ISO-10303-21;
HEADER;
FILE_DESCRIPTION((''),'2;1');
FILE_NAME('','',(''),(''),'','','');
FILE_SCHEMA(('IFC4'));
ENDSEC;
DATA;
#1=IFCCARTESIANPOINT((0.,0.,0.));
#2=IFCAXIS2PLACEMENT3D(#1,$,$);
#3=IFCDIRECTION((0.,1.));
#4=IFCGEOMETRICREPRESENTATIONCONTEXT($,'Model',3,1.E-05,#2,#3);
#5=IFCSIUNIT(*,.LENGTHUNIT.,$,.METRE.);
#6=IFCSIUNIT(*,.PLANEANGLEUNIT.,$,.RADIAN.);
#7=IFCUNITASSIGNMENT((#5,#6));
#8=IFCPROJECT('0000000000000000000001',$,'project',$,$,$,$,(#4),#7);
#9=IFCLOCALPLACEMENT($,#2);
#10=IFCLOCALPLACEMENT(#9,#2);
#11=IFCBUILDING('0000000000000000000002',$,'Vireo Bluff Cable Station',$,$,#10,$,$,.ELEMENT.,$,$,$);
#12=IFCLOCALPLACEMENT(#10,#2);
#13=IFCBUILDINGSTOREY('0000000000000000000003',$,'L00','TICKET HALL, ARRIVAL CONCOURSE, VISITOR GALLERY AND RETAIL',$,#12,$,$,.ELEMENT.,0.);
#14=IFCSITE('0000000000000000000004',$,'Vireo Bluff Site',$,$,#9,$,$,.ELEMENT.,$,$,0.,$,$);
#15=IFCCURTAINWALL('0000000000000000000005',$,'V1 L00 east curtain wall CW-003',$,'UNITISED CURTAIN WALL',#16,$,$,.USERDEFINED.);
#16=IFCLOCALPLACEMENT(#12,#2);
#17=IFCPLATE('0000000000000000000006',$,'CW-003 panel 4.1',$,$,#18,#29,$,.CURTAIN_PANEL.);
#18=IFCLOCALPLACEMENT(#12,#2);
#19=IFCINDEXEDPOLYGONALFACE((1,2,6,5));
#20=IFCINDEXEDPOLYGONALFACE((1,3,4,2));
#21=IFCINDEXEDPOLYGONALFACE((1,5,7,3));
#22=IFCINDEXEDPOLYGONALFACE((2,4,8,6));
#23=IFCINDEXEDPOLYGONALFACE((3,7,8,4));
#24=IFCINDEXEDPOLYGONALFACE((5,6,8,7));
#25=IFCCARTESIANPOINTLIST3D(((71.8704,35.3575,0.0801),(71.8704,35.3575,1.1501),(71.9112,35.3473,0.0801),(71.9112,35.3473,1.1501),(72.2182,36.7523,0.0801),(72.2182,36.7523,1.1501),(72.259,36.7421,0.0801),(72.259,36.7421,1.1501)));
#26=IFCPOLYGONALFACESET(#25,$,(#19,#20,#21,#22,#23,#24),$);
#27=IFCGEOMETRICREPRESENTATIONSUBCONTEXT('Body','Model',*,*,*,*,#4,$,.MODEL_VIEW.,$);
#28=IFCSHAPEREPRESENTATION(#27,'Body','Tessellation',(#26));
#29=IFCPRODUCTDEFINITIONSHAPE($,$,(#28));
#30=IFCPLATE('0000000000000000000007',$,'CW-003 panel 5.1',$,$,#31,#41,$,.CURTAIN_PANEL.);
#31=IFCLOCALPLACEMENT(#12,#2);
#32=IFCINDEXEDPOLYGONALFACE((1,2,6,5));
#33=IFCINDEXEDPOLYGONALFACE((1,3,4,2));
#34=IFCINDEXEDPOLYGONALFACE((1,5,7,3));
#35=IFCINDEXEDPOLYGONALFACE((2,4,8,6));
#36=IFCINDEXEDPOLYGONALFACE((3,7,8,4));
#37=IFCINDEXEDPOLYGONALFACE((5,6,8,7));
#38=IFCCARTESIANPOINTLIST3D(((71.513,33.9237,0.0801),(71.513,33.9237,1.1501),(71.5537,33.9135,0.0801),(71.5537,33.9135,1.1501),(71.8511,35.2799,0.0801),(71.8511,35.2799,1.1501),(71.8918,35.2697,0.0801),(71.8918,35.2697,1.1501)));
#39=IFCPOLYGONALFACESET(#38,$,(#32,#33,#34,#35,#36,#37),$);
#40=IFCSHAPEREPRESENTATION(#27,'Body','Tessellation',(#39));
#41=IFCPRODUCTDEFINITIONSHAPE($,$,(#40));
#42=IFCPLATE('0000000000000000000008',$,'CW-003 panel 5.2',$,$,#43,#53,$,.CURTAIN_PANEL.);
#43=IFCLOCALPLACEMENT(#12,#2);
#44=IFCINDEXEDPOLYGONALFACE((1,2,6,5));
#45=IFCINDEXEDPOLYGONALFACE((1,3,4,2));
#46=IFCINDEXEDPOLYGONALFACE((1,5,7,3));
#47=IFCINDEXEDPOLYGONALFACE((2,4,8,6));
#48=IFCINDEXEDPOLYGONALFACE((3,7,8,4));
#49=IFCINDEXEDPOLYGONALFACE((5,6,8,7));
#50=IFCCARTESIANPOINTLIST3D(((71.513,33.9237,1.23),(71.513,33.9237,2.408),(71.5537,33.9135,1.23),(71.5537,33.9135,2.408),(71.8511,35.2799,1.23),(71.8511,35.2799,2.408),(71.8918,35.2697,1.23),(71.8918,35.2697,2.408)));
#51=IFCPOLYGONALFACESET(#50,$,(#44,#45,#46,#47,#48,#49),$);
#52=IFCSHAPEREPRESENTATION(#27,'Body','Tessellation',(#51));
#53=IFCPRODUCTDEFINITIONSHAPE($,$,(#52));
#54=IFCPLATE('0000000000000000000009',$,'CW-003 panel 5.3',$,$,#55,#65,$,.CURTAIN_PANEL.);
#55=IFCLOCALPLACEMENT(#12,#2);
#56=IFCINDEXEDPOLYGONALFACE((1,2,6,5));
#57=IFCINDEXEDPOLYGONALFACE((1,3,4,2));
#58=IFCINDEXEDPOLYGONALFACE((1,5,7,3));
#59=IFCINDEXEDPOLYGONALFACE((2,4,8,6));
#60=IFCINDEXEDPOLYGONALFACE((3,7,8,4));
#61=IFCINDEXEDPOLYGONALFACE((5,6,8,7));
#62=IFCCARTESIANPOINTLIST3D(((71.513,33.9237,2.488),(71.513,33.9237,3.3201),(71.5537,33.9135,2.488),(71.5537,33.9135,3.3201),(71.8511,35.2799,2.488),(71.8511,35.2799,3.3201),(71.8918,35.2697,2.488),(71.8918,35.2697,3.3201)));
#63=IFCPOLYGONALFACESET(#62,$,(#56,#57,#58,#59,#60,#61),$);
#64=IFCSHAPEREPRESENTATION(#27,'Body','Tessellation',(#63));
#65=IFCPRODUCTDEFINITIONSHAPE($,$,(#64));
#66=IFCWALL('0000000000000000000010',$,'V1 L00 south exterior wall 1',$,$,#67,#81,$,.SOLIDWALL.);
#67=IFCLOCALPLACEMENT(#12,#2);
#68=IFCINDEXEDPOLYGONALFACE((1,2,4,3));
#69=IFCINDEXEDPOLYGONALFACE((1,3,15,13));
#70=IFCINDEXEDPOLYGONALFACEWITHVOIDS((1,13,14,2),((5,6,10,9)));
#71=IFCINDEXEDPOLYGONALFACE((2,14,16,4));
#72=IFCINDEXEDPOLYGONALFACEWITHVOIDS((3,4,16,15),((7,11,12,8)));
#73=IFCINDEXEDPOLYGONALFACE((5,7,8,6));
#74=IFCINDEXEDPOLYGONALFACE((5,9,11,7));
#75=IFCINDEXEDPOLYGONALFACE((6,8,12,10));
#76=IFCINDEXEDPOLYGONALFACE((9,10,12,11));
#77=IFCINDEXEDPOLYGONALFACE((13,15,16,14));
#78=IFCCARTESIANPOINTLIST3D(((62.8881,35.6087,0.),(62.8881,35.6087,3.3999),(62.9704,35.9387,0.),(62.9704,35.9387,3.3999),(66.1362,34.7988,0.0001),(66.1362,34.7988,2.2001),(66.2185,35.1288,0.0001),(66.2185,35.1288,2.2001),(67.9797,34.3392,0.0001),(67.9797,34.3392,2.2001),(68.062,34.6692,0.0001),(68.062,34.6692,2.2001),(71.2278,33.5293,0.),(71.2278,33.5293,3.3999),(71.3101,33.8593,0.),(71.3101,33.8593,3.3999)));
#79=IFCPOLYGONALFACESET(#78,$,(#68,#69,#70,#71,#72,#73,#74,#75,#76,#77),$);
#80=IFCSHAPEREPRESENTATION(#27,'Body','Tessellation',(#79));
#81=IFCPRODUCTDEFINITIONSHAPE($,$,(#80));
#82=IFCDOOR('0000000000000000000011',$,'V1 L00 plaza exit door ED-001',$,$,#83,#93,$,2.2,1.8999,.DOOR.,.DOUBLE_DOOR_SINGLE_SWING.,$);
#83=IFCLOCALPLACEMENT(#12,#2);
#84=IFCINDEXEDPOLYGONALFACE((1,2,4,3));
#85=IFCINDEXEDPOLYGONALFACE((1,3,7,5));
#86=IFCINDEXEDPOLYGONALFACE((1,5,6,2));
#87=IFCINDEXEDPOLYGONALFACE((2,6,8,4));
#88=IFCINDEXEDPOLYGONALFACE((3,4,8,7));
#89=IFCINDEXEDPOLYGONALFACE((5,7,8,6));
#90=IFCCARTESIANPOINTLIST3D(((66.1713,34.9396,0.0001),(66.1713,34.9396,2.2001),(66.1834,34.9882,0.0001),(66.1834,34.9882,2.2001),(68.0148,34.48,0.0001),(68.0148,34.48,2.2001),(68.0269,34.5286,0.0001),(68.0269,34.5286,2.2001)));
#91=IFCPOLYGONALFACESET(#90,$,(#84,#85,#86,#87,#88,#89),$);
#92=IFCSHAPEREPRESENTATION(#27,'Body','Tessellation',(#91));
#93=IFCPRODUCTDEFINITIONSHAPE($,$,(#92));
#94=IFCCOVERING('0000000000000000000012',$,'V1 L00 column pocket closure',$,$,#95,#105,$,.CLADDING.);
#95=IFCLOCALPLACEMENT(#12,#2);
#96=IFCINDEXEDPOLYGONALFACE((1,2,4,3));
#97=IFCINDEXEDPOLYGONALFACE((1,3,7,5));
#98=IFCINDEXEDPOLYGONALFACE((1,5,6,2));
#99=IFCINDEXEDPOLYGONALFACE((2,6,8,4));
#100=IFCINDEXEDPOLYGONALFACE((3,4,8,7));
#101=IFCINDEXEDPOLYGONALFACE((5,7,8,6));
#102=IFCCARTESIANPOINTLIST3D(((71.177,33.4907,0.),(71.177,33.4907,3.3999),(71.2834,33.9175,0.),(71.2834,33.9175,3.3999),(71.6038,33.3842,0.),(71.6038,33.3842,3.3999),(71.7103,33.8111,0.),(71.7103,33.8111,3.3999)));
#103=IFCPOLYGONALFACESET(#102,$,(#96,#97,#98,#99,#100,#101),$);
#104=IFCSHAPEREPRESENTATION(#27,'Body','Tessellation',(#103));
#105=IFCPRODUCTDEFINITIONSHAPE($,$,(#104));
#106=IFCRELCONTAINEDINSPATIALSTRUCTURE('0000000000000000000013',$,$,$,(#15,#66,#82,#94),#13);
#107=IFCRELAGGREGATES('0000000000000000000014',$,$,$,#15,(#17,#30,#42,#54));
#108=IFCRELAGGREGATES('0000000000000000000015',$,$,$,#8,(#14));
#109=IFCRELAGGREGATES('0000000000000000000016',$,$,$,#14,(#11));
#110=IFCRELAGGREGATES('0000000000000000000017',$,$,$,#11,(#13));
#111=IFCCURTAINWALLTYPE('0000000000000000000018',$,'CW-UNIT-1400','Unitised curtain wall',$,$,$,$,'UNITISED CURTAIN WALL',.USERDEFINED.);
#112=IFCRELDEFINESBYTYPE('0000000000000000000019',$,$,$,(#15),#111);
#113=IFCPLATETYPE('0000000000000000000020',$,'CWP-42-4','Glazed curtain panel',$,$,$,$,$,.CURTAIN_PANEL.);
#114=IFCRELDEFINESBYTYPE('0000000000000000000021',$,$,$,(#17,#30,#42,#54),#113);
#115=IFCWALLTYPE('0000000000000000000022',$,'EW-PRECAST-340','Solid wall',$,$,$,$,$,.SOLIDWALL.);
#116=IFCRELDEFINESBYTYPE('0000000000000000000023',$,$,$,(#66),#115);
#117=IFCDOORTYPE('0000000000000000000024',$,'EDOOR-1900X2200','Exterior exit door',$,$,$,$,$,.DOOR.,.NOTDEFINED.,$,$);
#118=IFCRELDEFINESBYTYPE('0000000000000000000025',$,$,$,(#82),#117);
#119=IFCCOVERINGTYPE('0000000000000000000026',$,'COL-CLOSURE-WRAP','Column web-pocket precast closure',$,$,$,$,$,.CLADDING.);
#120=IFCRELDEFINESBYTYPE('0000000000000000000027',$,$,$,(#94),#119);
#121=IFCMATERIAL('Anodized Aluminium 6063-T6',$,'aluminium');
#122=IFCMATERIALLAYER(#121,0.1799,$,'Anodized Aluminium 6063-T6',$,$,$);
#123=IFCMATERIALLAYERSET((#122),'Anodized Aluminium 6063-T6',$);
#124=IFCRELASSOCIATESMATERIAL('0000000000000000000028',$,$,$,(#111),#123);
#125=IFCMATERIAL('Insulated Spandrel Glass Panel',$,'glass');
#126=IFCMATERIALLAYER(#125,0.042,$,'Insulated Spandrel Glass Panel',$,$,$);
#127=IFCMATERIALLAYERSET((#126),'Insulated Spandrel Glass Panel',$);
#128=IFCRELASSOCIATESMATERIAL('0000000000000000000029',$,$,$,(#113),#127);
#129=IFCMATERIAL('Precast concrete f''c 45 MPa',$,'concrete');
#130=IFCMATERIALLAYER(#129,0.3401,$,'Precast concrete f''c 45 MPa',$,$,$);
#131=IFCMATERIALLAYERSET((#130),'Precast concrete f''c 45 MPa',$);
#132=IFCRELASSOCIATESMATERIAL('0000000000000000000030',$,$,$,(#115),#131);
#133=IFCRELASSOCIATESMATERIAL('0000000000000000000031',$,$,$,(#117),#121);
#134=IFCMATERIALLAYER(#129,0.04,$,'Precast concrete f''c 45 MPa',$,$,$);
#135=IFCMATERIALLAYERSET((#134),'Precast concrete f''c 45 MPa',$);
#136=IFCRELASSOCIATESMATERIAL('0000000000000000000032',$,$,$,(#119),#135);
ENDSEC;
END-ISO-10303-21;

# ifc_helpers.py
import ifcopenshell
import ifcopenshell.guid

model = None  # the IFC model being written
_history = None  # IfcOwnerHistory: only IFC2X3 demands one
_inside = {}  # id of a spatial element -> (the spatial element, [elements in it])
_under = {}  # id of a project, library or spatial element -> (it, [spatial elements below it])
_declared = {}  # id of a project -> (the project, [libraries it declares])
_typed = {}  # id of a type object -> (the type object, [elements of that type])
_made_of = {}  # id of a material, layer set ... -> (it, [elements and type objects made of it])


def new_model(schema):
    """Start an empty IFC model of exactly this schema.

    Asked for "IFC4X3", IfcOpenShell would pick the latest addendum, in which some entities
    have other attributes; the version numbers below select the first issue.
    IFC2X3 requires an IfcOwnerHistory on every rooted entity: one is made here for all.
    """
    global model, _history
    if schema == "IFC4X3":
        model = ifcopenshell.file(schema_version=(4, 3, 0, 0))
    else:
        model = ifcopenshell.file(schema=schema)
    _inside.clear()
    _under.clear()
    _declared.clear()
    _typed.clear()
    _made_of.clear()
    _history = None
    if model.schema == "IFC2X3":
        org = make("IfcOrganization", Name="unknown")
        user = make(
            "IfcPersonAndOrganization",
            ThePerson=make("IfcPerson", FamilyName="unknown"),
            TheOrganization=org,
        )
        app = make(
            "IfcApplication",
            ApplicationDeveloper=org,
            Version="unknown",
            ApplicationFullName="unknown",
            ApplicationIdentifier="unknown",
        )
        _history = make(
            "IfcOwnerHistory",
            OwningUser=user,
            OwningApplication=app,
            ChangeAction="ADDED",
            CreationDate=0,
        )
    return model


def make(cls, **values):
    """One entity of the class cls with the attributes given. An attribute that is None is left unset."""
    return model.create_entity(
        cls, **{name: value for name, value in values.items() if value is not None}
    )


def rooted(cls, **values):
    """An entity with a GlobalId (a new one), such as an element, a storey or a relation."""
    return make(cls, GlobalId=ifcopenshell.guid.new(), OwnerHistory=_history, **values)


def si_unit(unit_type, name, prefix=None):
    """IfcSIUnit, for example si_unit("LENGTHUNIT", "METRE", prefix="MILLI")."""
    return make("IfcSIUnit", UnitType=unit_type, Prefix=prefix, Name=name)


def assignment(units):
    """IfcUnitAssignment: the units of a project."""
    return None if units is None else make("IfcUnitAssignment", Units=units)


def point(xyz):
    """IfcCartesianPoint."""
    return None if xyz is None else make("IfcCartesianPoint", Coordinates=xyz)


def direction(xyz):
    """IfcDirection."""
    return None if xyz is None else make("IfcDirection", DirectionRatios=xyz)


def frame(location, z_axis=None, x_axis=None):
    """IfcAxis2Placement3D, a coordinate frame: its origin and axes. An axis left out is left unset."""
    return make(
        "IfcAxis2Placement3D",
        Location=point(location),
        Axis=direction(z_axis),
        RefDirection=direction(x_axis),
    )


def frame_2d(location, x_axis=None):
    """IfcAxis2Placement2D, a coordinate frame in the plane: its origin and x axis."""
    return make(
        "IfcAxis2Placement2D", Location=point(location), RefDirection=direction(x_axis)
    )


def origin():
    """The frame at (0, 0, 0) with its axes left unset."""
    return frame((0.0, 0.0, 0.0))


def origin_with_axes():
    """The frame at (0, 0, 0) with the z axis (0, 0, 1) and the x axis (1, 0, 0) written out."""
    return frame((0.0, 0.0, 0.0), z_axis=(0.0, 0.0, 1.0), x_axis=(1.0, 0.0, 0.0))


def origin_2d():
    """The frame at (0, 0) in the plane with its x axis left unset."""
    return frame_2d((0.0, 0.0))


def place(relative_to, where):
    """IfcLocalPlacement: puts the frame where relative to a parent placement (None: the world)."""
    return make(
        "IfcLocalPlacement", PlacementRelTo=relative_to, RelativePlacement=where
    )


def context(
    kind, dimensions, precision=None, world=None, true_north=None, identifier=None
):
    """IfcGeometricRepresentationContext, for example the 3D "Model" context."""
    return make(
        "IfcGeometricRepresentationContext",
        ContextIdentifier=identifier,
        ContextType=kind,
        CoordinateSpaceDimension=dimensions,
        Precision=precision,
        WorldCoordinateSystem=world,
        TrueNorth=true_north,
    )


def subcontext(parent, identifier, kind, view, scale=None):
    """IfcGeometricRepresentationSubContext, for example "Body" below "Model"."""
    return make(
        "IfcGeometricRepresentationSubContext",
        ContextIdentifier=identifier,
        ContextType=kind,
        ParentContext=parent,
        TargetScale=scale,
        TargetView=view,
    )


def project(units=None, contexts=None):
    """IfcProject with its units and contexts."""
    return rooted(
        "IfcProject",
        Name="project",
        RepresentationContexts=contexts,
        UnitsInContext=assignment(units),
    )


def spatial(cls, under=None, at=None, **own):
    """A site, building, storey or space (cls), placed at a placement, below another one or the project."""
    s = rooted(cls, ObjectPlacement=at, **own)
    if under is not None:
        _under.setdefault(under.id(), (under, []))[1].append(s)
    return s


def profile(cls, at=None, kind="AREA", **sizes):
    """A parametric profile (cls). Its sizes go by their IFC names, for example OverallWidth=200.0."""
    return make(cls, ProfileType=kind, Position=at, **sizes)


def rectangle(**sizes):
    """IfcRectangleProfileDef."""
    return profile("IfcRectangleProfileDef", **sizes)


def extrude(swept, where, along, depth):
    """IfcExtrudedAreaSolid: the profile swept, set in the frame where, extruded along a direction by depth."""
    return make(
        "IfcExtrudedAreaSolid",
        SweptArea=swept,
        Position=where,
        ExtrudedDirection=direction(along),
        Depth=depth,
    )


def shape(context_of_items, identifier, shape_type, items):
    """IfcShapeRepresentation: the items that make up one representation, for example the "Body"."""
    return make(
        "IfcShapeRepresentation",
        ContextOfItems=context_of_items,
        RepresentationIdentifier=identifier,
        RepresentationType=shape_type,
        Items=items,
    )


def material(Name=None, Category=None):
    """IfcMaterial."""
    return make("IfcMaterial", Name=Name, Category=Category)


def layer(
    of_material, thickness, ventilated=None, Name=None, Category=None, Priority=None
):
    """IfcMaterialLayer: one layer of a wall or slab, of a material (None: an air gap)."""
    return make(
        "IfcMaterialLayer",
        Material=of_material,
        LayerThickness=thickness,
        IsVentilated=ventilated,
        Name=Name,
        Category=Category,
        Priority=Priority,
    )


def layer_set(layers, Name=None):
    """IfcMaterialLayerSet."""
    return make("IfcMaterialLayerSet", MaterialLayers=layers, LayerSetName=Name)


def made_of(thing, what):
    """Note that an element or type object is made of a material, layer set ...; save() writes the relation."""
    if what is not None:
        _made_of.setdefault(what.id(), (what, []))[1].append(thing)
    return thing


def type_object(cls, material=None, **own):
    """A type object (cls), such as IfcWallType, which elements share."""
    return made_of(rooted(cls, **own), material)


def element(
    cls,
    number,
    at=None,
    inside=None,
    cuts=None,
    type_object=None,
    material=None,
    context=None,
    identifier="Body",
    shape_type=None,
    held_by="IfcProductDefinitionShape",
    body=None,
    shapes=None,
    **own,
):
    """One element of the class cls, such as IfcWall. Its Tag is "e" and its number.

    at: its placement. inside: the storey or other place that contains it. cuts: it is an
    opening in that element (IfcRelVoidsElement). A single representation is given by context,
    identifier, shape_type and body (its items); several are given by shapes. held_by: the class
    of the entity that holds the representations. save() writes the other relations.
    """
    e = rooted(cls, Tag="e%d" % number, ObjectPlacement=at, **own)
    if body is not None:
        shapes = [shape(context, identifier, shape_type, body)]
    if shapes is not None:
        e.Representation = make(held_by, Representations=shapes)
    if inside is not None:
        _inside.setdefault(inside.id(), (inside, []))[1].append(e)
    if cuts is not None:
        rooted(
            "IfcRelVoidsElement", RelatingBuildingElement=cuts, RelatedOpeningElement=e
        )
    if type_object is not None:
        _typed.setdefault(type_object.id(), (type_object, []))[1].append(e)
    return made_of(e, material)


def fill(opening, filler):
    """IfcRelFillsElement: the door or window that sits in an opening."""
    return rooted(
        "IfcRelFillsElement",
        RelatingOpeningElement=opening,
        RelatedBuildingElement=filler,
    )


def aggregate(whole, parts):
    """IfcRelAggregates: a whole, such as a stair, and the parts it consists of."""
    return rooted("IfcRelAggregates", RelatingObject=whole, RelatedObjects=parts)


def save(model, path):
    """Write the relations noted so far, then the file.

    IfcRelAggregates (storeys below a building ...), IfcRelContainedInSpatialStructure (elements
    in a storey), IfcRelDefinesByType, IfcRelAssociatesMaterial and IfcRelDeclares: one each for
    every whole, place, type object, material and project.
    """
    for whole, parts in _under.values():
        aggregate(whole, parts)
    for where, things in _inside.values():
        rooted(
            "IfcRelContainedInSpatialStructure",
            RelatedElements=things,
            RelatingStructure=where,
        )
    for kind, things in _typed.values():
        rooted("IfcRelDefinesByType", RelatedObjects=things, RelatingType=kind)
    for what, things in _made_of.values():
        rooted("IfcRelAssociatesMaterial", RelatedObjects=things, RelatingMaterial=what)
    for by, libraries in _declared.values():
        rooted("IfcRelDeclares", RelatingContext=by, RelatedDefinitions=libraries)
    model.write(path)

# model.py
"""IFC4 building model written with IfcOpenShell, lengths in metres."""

from ifc_helpers import new_model, si_unit, direction, frame, frame_2d, origin, origin_with_axes, origin_2d, place, context, subcontext, project, spatial, rectangle, extrude, material, layer, layer_set, type_object, element, fill, aggregate, save


model = new_model("IFC4")

# Units and contexts
model_context = context("Model", 3, precision=1e-05, world=origin(), true_north=direction((0.0, 1.0)))
body_context = subcontext(model_context, "Body", "Model", "MODEL_VIEW")
ifc_project = project(units=[si_unit("LENGTHUNIT", "METRE"), si_unit("PLANEANGLEUNIT", "RADIAN")], contexts=[model_context])

# Site, building, storey
site_placement = place(None, origin())
site = spatial("IfcSite", under=ifc_project, at=site_placement, Name="Vireo Bluff Site", CompositionType="ELEMENT", RefElevation=0.0)
building_placement = place(site_placement, origin())
building = spatial("IfcBuilding", under=site, at=building_placement, Name="Vireo Bluff Cable Station", CompositionType="ELEMENT")
storey_placement = place(building_placement, origin())
storey = spatial("IfcBuildingStorey", under=building, at=storey_placement, Name="L00", Description="TICKET HALL, ARRIVAL CONCOURSE, VISITOR GALLERY AND RETAIL", CompositionType="ELEMENT", Elevation=0.0)

# Curtain wall
ifc_material_1 = material(Name="Anodized Aluminium 6063-T6", Category="aluminium")
ifc_layer_1 = layer(ifc_material_1, 0.1799, Name="Anodized Aluminium 6063-T6")
ifc_layer_set_1 = layer_set([ifc_layer_1], Name="Anodized Aluminium 6063-T6")
curtain_wall_type = type_object("IfcCurtainWallType", Name="CW-UNIT-1400", Description="Unitised curtain wall", ElementType="UNITISED CURTAIN WALL", PredefinedType="USERDEFINED", material=ifc_layer_set_1)
curtain_wall_placement = place(storey_placement, origin())
curtain_wall = element("IfcCurtainWall", 1, at=curtain_wall_placement, inside=storey, type_object=curtain_wall_type, Name="V1 L00 east curtain wall CW-003", ObjectType="UNITISED CURTAIN WALL", PredefinedType="USERDEFINED")

# Plates
ifc_material_2 = material(Name="Insulated Spandrel Glass Panel", Category="glass")
ifc_layer_2 = layer(ifc_material_2, 0.042, Name="Insulated Spandrel Glass Panel")
ifc_layer_set_2 = layer_set([ifc_layer_2], Name="Insulated Spandrel Glass Panel")
plate_type_1 = type_object("IfcPlateType", Name="CWP-42-4", Description="Glazed curtain panel", PredefinedType="CURTAIN_PANEL", material=ifc_layer_set_2)
plate_1_placement = place(storey_placement, frame((72.0647, 36.0498, 0.0801), z_axis=(0.0, 0.0, 1.0), x_axis=(-0.241922, -0.970296, 0.0)))
plate_1 = element("IfcPlate", 2, at=plate_1_placement, type_object=plate_type_1, Name="CW-003 panel 4.1", PredefinedType="CURTAIN_PANEL", context=body_context, shape_type="SweptSolid", body=[
    extrude(rectangle(XDim=1.4375, YDim=0.042, at=origin_2d()), origin(), (0.0, 0.0, 1.0), 1.0701),
])
plate_2_placement = place(storey_placement, frame((71.7024, 34.5967, 0.0801), z_axis=(0.0, 0.0, 1.0), x_axis=(-0.241922, -0.970296, 0.0)))
plate_2 = element("IfcPlate", 3, at=plate_2_placement, type_object=plate_type_1, Name="CW-003 panel 5.1", PredefinedType="CURTAIN_PANEL", context=body_context, shape_type="SweptSolid", body=[
    extrude(rectangle(XDim=1.3977, YDim=0.042, at=origin_2d()), origin(), (0.0, 0.0, 1.0), 1.0701),
])
plate_3_placement = place(storey_placement, frame((71.7024, 34.5967, 1.23), z_axis=(0.0, 0.0, 1.0), x_axis=(-0.241922, -0.970296, 0.0)))
plate_3 = element("IfcPlate", 4, at=plate_3_placement, type_object=plate_type_1, Name="CW-003 panel 5.2", PredefinedType="CURTAIN_PANEL", context=body_context, shape_type="SweptSolid", body=[
    extrude(rectangle(XDim=1.3977, YDim=0.042, at=origin_2d()), origin(), (0.0, 0.0, 1.0), 1.178),
])
plate_4_placement = place(storey_placement, frame((71.7024, 34.5967, 2.488), z_axis=(0.0, 0.0, 1.0), x_axis=(-0.241922, -0.970296, 0.0)))
plate_4 = element("IfcPlate", 5, at=plate_4_placement, type_object=plate_type_1, Name="CW-003 panel 5.3", PredefinedType="CURTAIN_PANEL", context=body_context, shape_type="SweptSolid", body=[
    extrude(rectangle(XDim=1.3977, YDim=0.042, at=origin_2d()), origin(), (0.0, 0.0, 1.0), 0.832),
])
aggregate(curtain_wall, [plate_1, plate_2, plate_3, plate_4])

# Wall, opening, door
ifc_material_3 = material(Name="Precast concrete f'c 45 MPa", Category="concrete")
ifc_layer_3 = layer(ifc_material_3, 0.3401, Name="Precast concrete f'c 45 MPa")
ifc_layer_set_3 = layer_set([ifc_layer_3], Name="Precast concrete f'c 45 MPa")
wall_type = type_object("IfcWallType", Name="EW-PRECAST-340", Description="Solid wall", PredefinedType="SOLIDWALL", material=ifc_layer_set_3)
wall_placement = place(storey_placement, frame((71.2688, 33.6943, 0.0), z_axis=(0.0, 0.0, 1.0), x_axis=(-0.970294, 0.241927, 0.0)))
wall = element("IfcWall", 6, at=wall_placement, inside=storey, type_object=wall_type, Name="V1 L00 south exterior wall 1", PredefinedType="SOLIDWALL", context=body_context, shape_type="SweptSolid", body=[
    extrude(rectangle(XDim=8.595, YDim=0.3401, at=frame_2d((4.2974, 0.0))), origin(), (0.0, 0.0, 1.0), 3.3999),
])
opening_placement = place(wall_placement, frame((3.3474, 0.0, 0.0)))
opening = element("IfcOpeningElement", 7, at=opening_placement, cuts=wall, PredefinedType="OPENING", context=body_context, shape_type="SweptSolid", body=[
    extrude(rectangle(XDim=1.8999, YDim=2.2, at=frame_2d((0.95, 1.1001))), frame((0.0, 0.1802, 0.0), z_axis=(0.0, -1.0, 0.0), x_axis=(1.0, 0.0, 0.0)), (0.0, 0.0, 1.0), 0.3601),
])
door_type = type_object("IfcDoorType", Name="EDOOR-1900X2200", Description="Exterior exit door", OperationType="NOTDEFINED", PredefinedType="DOOR", material=ifc_material_1)
door_placement = place(opening_placement, origin_with_axes())
door = element("IfcDoor", 8, at=door_placement, inside=storey, type_object=door_type, Name="V1 L00 plaza exit door ED-001", OperationType="DOUBLE_DOOR_SINGLE_SWING", OverallHeight=2.2, OverallWidth=1.8999, PredefinedType="DOOR", context=body_context, shape_type="SweptSolid", body=[
    extrude(rectangle(XDim=1.8999, YDim=2.2, at=frame_2d((0.95, 1.1001))), frame((0.0, 0.0249, 0.0), z_axis=(0.0, -1.0, 0.0), x_axis=(1.0, 0.0, 0.0)), (0.0, 0.0, 1.0), 0.05),
])
fill(opening, door)

# Covering
ifc_layer_4 = layer(ifc_material_3, 0.04, Name="Precast concrete f'c 45 MPa")
ifc_layer_set_4 = layer_set([ifc_layer_4], Name="Precast concrete f'c 45 MPa")
covering_type = type_object("IfcCoveringType", Name="COL-CLOSURE-WRAP", Description="Column web-pocket precast closure", PredefinedType="CLADDING", material=ifc_layer_set_4)
covering_placement = place(storey_placement, frame((71.4436, 33.6509, 0.0), z_axis=(0.0, 0.0, 1.0), x_axis=(0.970296, -0.241922, 0.0)))
element("IfcCovering", 9, at=covering_placement, inside=storey, type_object=covering_type, Name="V1 L00 column pocket closure", PredefinedType="CLADDING", context=body_context, shape_type="SweptSolid", body=[
    extrude(rectangle(XDim=0.4399, YDim=0.4399, at=origin_2d()), origin(), (0.0, 0.0, 1.0), 3.3999),
])

save(model, "model.ifc")
